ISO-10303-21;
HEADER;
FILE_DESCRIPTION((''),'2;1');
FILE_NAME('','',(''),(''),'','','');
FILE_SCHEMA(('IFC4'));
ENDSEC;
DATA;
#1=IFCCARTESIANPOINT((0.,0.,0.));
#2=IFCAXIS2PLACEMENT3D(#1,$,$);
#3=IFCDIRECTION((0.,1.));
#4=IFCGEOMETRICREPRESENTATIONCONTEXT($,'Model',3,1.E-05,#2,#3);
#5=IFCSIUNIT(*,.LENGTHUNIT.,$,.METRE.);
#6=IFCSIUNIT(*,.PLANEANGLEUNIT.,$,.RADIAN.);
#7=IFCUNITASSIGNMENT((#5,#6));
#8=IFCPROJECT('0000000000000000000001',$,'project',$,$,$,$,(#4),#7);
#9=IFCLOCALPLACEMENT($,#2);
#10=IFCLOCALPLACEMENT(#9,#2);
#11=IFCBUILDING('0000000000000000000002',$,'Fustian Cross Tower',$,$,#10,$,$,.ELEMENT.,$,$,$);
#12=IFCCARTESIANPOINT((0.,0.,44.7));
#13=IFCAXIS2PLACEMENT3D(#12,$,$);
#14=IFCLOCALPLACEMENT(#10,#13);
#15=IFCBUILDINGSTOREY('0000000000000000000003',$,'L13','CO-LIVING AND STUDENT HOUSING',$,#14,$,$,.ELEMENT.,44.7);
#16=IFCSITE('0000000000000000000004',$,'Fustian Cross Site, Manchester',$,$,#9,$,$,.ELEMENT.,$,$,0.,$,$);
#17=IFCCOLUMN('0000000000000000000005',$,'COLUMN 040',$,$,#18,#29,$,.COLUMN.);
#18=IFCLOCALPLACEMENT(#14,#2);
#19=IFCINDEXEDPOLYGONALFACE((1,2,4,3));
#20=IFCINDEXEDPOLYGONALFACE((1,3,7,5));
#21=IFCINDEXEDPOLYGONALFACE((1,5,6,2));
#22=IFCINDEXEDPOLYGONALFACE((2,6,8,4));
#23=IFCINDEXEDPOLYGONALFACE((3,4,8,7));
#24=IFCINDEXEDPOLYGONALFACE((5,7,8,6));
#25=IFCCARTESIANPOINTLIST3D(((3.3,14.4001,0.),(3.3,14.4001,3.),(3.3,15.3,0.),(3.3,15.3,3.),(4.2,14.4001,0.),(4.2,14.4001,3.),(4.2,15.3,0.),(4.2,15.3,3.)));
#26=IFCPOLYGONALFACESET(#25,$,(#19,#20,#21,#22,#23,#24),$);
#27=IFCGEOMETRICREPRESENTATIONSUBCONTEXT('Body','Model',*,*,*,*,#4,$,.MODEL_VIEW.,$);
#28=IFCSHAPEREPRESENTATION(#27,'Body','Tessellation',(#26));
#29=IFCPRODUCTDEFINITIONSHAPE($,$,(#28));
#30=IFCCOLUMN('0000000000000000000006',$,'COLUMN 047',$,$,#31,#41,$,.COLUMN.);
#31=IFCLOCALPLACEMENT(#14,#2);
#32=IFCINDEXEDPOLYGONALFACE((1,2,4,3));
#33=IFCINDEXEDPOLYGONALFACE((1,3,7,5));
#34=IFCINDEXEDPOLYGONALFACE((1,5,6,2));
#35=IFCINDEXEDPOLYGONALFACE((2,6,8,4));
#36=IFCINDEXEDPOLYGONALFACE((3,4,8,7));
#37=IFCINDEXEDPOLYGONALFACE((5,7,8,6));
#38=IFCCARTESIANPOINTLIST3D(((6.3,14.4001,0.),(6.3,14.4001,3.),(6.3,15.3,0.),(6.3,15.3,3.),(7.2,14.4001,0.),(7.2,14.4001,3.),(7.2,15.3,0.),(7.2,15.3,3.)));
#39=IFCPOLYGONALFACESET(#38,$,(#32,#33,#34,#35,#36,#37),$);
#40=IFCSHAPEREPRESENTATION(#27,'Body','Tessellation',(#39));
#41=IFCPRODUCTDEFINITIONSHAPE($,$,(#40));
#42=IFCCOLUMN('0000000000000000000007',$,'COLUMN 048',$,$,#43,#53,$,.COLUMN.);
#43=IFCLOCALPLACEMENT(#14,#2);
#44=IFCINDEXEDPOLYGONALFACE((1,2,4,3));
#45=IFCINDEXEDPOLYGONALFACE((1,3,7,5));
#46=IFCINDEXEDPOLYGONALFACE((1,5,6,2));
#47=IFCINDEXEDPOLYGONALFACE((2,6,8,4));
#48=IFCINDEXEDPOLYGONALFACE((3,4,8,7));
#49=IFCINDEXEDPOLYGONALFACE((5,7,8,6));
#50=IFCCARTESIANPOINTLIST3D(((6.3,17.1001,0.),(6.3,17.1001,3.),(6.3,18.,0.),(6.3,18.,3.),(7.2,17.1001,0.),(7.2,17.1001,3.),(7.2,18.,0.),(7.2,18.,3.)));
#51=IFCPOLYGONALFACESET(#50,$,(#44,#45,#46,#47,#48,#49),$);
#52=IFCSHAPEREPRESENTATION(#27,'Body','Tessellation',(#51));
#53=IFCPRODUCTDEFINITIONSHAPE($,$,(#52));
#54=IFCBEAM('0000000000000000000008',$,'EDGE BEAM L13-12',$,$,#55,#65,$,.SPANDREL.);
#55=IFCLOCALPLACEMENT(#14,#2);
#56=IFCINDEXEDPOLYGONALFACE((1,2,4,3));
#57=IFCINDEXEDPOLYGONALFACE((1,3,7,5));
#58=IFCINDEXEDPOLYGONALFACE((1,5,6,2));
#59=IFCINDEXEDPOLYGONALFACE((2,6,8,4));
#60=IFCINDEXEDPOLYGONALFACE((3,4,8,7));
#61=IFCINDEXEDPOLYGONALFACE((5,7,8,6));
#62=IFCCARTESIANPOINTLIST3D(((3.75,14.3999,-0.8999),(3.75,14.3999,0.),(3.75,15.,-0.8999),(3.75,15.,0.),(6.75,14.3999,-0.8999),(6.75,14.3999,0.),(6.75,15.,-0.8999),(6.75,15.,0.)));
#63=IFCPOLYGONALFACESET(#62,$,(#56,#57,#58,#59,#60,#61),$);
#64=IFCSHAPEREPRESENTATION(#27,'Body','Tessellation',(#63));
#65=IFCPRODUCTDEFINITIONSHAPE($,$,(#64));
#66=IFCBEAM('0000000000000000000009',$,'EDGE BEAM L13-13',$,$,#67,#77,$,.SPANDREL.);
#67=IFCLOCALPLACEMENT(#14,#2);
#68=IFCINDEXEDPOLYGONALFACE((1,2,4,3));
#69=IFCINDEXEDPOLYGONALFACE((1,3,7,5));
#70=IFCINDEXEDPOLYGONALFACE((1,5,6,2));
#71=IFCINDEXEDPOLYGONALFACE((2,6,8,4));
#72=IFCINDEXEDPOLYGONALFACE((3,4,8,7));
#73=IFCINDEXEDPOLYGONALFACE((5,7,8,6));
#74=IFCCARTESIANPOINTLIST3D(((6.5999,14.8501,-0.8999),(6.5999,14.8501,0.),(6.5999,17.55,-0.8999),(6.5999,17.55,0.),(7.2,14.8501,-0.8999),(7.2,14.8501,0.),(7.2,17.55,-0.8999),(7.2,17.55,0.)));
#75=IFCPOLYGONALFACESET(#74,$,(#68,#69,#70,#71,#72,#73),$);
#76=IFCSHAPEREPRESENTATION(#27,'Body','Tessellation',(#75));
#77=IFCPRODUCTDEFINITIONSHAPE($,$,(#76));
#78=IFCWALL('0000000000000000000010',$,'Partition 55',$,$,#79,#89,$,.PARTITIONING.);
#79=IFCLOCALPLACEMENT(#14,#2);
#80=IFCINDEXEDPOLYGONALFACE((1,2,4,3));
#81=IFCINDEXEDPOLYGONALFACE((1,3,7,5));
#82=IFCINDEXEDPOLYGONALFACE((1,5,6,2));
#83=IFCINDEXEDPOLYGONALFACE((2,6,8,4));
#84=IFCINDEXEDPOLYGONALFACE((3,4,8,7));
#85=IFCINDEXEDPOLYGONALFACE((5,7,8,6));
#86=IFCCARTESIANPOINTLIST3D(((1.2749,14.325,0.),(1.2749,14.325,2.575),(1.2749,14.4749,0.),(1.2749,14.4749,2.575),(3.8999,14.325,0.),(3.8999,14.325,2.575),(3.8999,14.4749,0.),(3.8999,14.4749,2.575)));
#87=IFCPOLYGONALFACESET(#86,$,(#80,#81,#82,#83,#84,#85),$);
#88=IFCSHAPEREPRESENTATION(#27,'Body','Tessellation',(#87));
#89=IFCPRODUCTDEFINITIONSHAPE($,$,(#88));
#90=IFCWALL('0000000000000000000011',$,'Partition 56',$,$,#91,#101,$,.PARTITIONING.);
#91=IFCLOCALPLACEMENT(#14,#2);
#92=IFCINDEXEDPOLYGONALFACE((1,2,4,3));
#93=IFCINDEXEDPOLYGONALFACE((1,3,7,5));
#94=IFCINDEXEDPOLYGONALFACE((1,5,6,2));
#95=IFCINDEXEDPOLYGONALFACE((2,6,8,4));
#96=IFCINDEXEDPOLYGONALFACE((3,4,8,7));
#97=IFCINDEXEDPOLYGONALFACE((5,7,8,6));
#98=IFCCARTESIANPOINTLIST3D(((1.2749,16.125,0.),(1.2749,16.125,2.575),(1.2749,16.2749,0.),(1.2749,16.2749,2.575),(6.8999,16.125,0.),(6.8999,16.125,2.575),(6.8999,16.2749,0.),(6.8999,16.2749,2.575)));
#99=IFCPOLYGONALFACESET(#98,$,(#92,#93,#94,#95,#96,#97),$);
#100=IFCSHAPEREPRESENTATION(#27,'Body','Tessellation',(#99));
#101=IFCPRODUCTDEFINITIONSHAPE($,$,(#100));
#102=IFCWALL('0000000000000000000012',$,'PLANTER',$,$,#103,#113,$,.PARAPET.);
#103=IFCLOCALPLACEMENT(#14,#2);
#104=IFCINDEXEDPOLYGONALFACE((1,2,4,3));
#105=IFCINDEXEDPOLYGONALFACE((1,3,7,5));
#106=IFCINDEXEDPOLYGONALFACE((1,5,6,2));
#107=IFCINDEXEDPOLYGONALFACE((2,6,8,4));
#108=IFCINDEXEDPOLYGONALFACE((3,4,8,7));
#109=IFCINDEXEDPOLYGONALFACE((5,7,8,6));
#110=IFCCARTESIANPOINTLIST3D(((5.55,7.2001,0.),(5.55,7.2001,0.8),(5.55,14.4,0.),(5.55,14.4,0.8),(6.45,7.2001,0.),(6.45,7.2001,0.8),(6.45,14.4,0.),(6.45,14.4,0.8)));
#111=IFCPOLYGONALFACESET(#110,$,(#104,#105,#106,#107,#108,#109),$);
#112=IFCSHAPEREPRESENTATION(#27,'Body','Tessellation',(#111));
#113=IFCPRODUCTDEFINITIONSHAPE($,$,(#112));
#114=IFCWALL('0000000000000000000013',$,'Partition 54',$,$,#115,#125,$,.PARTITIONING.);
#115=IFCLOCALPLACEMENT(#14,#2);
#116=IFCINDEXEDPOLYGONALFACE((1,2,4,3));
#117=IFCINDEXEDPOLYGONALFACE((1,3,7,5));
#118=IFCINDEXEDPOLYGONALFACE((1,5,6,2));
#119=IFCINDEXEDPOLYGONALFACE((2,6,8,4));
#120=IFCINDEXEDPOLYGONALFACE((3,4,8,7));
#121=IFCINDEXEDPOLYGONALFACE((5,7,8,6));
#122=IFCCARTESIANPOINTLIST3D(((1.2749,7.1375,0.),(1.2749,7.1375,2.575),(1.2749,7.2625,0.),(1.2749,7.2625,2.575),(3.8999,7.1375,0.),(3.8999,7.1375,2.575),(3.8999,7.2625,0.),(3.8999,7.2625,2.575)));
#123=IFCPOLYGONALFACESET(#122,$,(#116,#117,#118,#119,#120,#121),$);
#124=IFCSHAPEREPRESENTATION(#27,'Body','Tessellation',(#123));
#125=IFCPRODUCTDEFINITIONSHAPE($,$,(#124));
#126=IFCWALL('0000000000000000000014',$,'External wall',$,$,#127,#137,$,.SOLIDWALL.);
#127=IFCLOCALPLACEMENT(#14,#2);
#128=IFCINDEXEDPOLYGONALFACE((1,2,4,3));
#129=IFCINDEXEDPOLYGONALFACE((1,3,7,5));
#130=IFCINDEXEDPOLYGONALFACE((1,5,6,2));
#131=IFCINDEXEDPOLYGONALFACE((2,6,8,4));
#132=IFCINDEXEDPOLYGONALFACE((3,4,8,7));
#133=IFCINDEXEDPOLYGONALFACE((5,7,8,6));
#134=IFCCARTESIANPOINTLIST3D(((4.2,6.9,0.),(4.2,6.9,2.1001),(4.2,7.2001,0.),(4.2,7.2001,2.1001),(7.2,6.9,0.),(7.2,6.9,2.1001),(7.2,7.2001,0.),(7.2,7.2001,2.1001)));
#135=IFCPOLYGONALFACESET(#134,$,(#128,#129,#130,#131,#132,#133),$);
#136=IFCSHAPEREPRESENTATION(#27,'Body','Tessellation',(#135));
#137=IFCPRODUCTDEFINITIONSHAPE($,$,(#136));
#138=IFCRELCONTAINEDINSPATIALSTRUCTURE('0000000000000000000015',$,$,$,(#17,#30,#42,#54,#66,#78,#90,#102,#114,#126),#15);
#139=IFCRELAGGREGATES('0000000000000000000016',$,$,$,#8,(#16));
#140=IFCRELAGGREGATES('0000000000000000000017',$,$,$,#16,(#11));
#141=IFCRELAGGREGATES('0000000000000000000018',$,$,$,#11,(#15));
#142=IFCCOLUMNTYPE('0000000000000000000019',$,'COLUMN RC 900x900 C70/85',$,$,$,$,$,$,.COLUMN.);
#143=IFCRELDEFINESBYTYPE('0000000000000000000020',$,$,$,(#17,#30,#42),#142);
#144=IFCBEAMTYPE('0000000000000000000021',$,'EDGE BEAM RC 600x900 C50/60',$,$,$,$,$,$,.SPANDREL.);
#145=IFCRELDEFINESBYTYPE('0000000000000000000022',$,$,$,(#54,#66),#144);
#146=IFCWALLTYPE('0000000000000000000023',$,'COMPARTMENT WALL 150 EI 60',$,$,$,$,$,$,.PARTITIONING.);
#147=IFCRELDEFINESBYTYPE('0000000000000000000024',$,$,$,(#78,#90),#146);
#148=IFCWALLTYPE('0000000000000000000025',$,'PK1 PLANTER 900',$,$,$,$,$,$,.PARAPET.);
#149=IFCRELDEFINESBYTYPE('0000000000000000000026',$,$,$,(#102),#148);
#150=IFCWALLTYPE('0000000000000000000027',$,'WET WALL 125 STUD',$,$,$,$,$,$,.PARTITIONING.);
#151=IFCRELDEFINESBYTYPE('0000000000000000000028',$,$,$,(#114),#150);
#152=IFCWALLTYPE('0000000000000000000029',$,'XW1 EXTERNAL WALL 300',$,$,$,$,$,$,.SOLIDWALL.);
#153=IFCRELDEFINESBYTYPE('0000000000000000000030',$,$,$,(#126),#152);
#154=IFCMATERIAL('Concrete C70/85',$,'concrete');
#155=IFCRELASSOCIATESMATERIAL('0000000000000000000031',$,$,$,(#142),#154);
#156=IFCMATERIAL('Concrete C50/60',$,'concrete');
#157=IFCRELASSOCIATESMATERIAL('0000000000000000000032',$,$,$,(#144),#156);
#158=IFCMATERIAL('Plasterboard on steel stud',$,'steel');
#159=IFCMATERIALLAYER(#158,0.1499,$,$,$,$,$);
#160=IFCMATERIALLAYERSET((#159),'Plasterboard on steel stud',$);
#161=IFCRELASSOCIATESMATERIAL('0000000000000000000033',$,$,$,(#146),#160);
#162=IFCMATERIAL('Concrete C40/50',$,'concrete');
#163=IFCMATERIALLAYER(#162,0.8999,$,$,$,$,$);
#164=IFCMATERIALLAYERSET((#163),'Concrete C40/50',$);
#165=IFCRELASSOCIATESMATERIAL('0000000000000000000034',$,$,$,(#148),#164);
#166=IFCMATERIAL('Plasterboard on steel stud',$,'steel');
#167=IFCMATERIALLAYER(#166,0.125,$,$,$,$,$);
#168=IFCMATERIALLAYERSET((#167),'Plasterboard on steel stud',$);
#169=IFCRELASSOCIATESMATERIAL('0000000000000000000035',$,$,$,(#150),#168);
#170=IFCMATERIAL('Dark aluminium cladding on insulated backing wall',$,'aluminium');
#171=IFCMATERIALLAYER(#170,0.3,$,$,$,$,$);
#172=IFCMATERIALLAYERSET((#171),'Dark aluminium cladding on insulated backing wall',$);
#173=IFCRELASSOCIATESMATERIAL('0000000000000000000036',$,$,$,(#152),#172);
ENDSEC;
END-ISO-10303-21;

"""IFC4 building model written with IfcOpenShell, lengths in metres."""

from ifc_helpers import new_model, si_unit, direction, frame, frame_2d, origin, origin_2d, place, context, subcontext, project, spatial, rectangle, extrude, material, layer, layer_set, material_profile, profile_set, type_object, element, save


model = new_model("IFC4")

# Units and contexts
model_context = context("Model", 3, precision=1e-05, world=origin(), true_north=direction((0.0, 1.0)))
body_context = subcontext(model_context, "Body", "Model", "MODEL_VIEW")
ifc_project = project(units=[si_unit("LENGTHUNIT", "METRE"), si_unit("PLANEANGLEUNIT", "RADIAN")], contexts=[model_context])

# Site, building, storey
site_placement = place(None, origin())
site = spatial("IfcSite", under=ifc_project, at=site_placement, Name="Fustian Cross Site, Manchester", CompositionType="ELEMENT", RefElevation=0.0)
building_placement = place(site_placement, origin())
building = spatial("IfcBuilding", under=site, at=building_placement, Name="Fustian Cross Tower", CompositionType="ELEMENT")
storey_placement = place(building_placement, frame((0.0, 0.0, 44.7)))
storey = spatial("IfcBuildingStorey", under=building, at=storey_placement, Name="L13", Description="CO-LIVING AND STUDENT HOUSING", CompositionType="ELEMENT", Elevation=44.7)

# Columns
ifc_material_1 = material(Name="Concrete C70/85", Category="concrete")
ifc_material_profile_1 = material_profile(ifc_material_1, rectangle(XDim=0.8999, YDim=0.8999, at=origin_2d()), Name="RC 900x900")
ifc_profile_set_1 = profile_set([ifc_material_profile_1], Name="Concrete C70/85")
column_type = type_object("IfcColumnType", Name="COLUMN RC 900x900 C70/85", PredefinedType="COLUMN", material=ifc_profile_set_1)
for number, where, z_axis, x_axis, name in (
    (1, (3.75, 14.8501, 0.0), (0.0, 0.0, 1.0), (1.0, 0.0, 0.0), "COLUMN 040"),
    (2, (6.75, 14.8501, 0.0), (0.0, 0.0, 1.0), (1.0, 0.0, 0.0), "COLUMN 047"),
    (3, (6.75, 17.55, 0.0), (0.0, 0.0, 1.0), (1.0, 0.0, 0.0), "COLUMN 048"),
):
    element("IfcColumn", number, at=place(storey_placement, frame(where, z_axis=z_axis, x_axis=x_axis)), inside=storey, type_object=column_type, Name=name, PredefinedType="COLUMN", context=body_context, shape_type="SweptSolid", body=[
        extrude(rectangle(XDim=0.8999, YDim=0.8999, at=origin_2d()), origin(), (0.0, 0.0, 1.0), 3.0),
    ])

# Beams
ifc_material_2 = material(Name="Concrete C50/60", Category="concrete")
ifc_material_profile_2 = material_profile(ifc_material_2, rectangle(XDim=0.6001, YDim=0.8999, at=origin_2d()), Name="RC 600x900")
ifc_profile_set_2 = profile_set([ifc_material_profile_2], Name="Concrete C50/60")
beam_type = type_object("IfcBeamType", Name="EDGE BEAM RC 600x900 C50/60", PredefinedType="SPANDREL", material=ifc_profile_set_2)
beam_1_placement = place(storey_placement, frame((3.75, 14.7, -0.45), z_axis=(1.0, 0.0, 0.0), x_axis=(0.0, 1.0, 0.0)))
element("IfcBeam", 4, at=beam_1_placement, inside=storey, type_object=beam_type, Name="EDGE BEAM L13-12", PredefinedType="SPANDREL", context=body_context, shape_type="SweptSolid", body=[
    extrude(rectangle(XDim=0.6001, YDim=0.8999, at=origin_2d()), origin(), (0.0, 0.0, 1.0), 3.0),
])
beam_2_placement = place(storey_placement, frame((6.8999, 14.8501, -0.45), z_axis=(0.0, 1.0, 0.0), x_axis=(-1.0, 0.0, 0.0)))
element("IfcBeam", 5, at=beam_2_placement, inside=storey, type_object=beam_type, Name="EDGE BEAM L13-13", PredefinedType="SPANDREL", context=body_context, shape_type="SweptSolid", body=[
    extrude(rectangle(XDim=0.6001, YDim=0.8999, at=origin_2d()), origin(), (0.0, 0.0, 1.0), 2.7),
])

# Walls
ifc_material_3 = material(Name="Plasterboard on steel stud", Category="steel")
ifc_layer_1 = layer(ifc_material_3, 0.1499)
ifc_layer_set_1 = layer_set([ifc_layer_1], Name="Plasterboard on steel stud")
wall_type_1 = type_object("IfcWallType", Name="COMPARTMENT WALL 150 EI 60", PredefinedType="PARTITIONING", material=ifc_layer_set_1)
wall_1_placement = place(storey_placement, frame((1.2749, 14.3999, 0.0), z_axis=(0.0, 0.0, 1.0), x_axis=(1.0, 0.0, 0.0)))
element("IfcWall", 6, at=wall_1_placement, inside=storey, type_object=wall_type_1, Name="Partition 55", PredefinedType="PARTITIONING", context=body_context, shape_type="SweptSolid", body=[
    extrude(rectangle(XDim=2.625, YDim=0.1499, at=frame_2d((1.3125, 0.0))), origin(), (0.0, 0.0, 1.0), 2.575),
])
wall_2_placement = place(storey_placement, frame((1.2749, 16.2, 0.0), z_axis=(0.0, 0.0, 1.0), x_axis=(1.0, 0.0, 0.0)))
element("IfcWall", 7, at=wall_2_placement, inside=storey, type_object=wall_type_1, Name="Partition 56", PredefinedType="PARTITIONING", context=body_context, shape_type="SweptSolid", body=[
    extrude(rectangle(XDim=5.625, YDim=0.1499, at=frame_2d((2.8125, 0.0))), origin(), (0.0, 0.0, 1.0), 2.575),
])
ifc_material_4 = material(Name="Concrete C40/50", Category="concrete")
ifc_layer_2 = layer(ifc_material_4, 0.8999)
ifc_layer_set_2 = layer_set([ifc_layer_2], Name="Concrete C40/50")
wall_type_2 = type_object("IfcWallType", Name="PK1 PLANTER 900", PredefinedType="PARAPET", material=ifc_layer_set_2)
wall_3_placement = place(storey_placement, frame((6.0, 7.2, 0.0), z_axis=(0.0, 0.0, 1.0), x_axis=(0.0, 1.0, 0.0)))
element("IfcWall", 8, at=wall_3_placement, inside=storey, type_object=wall_type_2, Name="PLANTER", PredefinedType="PARAPET", context=body_context, shape_type="SweptSolid", body=[
    extrude(rectangle(XDim=7.2, YDim=0.8999, at=frame_2d((3.6001, 0.0))), origin(), (0.0, 0.0, 1.0), 0.8),
])
ifc_material_5 = material(Name="Plasterboard on steel stud", Category="steel")
ifc_layer_3 = layer(ifc_material_5, 0.125)
ifc_layer_set_3 = layer_set([ifc_layer_3], Name="Plasterboard on steel stud")
wall_type_3 = type_object("IfcWallType", Name="WET WALL 125 STUD", PredefinedType="PARTITIONING", material=ifc_layer_set_3)
wall_4_placement = place(storey_placement, frame((1.2749, 7.2, 0.0), z_axis=(0.0, 0.0, 1.0), x_axis=(1.0, 0.0, 0.0)))
element("IfcWall", 9, at=wall_4_placement, inside=storey, type_object=wall_type_3, Name="Partition 54", PredefinedType="PARTITIONING", context=body_context, shape_type="SweptSolid", body=[
    extrude(rectangle(XDim=2.625, YDim=0.125, at=frame_2d((1.3125, 0.0))), origin(), (0.0, 0.0, 1.0), 2.575),
])
ifc_material_6 = material(Name="Dark aluminium cladding on insulated backing wall", Category="aluminium")
ifc_layer_4 = layer(ifc_material_6, 0.3)
ifc_layer_set_4 = layer_set([ifc_layer_4], Name="Dark aluminium cladding on insulated backing wall")
wall_type_4 = type_object("IfcWallType", Name="XW1 EXTERNAL WALL 300", PredefinedType="SOLIDWALL", material=ifc_layer_set_4)
wall_5_placement = place(storey_placement, frame((7.2, 7.05, 0.0), z_axis=(0.0, 0.0, 1.0), x_axis=(-1.0, 0.0, 0.0)))
element("IfcWall", 10, at=wall_5_placement, inside=storey, type_object=wall_type_4, Name="External wall", PredefinedType="SOLIDWALL", context=body_context, shape_type="SweptSolid", body=[
    extrude(rectangle(XDim=3.0, YDim=0.3, at=frame_2d((1.5, 0.0))), origin(), (0.0, 0.0, 1.0), 2.1001),
])

save(model, "model.ifc")
